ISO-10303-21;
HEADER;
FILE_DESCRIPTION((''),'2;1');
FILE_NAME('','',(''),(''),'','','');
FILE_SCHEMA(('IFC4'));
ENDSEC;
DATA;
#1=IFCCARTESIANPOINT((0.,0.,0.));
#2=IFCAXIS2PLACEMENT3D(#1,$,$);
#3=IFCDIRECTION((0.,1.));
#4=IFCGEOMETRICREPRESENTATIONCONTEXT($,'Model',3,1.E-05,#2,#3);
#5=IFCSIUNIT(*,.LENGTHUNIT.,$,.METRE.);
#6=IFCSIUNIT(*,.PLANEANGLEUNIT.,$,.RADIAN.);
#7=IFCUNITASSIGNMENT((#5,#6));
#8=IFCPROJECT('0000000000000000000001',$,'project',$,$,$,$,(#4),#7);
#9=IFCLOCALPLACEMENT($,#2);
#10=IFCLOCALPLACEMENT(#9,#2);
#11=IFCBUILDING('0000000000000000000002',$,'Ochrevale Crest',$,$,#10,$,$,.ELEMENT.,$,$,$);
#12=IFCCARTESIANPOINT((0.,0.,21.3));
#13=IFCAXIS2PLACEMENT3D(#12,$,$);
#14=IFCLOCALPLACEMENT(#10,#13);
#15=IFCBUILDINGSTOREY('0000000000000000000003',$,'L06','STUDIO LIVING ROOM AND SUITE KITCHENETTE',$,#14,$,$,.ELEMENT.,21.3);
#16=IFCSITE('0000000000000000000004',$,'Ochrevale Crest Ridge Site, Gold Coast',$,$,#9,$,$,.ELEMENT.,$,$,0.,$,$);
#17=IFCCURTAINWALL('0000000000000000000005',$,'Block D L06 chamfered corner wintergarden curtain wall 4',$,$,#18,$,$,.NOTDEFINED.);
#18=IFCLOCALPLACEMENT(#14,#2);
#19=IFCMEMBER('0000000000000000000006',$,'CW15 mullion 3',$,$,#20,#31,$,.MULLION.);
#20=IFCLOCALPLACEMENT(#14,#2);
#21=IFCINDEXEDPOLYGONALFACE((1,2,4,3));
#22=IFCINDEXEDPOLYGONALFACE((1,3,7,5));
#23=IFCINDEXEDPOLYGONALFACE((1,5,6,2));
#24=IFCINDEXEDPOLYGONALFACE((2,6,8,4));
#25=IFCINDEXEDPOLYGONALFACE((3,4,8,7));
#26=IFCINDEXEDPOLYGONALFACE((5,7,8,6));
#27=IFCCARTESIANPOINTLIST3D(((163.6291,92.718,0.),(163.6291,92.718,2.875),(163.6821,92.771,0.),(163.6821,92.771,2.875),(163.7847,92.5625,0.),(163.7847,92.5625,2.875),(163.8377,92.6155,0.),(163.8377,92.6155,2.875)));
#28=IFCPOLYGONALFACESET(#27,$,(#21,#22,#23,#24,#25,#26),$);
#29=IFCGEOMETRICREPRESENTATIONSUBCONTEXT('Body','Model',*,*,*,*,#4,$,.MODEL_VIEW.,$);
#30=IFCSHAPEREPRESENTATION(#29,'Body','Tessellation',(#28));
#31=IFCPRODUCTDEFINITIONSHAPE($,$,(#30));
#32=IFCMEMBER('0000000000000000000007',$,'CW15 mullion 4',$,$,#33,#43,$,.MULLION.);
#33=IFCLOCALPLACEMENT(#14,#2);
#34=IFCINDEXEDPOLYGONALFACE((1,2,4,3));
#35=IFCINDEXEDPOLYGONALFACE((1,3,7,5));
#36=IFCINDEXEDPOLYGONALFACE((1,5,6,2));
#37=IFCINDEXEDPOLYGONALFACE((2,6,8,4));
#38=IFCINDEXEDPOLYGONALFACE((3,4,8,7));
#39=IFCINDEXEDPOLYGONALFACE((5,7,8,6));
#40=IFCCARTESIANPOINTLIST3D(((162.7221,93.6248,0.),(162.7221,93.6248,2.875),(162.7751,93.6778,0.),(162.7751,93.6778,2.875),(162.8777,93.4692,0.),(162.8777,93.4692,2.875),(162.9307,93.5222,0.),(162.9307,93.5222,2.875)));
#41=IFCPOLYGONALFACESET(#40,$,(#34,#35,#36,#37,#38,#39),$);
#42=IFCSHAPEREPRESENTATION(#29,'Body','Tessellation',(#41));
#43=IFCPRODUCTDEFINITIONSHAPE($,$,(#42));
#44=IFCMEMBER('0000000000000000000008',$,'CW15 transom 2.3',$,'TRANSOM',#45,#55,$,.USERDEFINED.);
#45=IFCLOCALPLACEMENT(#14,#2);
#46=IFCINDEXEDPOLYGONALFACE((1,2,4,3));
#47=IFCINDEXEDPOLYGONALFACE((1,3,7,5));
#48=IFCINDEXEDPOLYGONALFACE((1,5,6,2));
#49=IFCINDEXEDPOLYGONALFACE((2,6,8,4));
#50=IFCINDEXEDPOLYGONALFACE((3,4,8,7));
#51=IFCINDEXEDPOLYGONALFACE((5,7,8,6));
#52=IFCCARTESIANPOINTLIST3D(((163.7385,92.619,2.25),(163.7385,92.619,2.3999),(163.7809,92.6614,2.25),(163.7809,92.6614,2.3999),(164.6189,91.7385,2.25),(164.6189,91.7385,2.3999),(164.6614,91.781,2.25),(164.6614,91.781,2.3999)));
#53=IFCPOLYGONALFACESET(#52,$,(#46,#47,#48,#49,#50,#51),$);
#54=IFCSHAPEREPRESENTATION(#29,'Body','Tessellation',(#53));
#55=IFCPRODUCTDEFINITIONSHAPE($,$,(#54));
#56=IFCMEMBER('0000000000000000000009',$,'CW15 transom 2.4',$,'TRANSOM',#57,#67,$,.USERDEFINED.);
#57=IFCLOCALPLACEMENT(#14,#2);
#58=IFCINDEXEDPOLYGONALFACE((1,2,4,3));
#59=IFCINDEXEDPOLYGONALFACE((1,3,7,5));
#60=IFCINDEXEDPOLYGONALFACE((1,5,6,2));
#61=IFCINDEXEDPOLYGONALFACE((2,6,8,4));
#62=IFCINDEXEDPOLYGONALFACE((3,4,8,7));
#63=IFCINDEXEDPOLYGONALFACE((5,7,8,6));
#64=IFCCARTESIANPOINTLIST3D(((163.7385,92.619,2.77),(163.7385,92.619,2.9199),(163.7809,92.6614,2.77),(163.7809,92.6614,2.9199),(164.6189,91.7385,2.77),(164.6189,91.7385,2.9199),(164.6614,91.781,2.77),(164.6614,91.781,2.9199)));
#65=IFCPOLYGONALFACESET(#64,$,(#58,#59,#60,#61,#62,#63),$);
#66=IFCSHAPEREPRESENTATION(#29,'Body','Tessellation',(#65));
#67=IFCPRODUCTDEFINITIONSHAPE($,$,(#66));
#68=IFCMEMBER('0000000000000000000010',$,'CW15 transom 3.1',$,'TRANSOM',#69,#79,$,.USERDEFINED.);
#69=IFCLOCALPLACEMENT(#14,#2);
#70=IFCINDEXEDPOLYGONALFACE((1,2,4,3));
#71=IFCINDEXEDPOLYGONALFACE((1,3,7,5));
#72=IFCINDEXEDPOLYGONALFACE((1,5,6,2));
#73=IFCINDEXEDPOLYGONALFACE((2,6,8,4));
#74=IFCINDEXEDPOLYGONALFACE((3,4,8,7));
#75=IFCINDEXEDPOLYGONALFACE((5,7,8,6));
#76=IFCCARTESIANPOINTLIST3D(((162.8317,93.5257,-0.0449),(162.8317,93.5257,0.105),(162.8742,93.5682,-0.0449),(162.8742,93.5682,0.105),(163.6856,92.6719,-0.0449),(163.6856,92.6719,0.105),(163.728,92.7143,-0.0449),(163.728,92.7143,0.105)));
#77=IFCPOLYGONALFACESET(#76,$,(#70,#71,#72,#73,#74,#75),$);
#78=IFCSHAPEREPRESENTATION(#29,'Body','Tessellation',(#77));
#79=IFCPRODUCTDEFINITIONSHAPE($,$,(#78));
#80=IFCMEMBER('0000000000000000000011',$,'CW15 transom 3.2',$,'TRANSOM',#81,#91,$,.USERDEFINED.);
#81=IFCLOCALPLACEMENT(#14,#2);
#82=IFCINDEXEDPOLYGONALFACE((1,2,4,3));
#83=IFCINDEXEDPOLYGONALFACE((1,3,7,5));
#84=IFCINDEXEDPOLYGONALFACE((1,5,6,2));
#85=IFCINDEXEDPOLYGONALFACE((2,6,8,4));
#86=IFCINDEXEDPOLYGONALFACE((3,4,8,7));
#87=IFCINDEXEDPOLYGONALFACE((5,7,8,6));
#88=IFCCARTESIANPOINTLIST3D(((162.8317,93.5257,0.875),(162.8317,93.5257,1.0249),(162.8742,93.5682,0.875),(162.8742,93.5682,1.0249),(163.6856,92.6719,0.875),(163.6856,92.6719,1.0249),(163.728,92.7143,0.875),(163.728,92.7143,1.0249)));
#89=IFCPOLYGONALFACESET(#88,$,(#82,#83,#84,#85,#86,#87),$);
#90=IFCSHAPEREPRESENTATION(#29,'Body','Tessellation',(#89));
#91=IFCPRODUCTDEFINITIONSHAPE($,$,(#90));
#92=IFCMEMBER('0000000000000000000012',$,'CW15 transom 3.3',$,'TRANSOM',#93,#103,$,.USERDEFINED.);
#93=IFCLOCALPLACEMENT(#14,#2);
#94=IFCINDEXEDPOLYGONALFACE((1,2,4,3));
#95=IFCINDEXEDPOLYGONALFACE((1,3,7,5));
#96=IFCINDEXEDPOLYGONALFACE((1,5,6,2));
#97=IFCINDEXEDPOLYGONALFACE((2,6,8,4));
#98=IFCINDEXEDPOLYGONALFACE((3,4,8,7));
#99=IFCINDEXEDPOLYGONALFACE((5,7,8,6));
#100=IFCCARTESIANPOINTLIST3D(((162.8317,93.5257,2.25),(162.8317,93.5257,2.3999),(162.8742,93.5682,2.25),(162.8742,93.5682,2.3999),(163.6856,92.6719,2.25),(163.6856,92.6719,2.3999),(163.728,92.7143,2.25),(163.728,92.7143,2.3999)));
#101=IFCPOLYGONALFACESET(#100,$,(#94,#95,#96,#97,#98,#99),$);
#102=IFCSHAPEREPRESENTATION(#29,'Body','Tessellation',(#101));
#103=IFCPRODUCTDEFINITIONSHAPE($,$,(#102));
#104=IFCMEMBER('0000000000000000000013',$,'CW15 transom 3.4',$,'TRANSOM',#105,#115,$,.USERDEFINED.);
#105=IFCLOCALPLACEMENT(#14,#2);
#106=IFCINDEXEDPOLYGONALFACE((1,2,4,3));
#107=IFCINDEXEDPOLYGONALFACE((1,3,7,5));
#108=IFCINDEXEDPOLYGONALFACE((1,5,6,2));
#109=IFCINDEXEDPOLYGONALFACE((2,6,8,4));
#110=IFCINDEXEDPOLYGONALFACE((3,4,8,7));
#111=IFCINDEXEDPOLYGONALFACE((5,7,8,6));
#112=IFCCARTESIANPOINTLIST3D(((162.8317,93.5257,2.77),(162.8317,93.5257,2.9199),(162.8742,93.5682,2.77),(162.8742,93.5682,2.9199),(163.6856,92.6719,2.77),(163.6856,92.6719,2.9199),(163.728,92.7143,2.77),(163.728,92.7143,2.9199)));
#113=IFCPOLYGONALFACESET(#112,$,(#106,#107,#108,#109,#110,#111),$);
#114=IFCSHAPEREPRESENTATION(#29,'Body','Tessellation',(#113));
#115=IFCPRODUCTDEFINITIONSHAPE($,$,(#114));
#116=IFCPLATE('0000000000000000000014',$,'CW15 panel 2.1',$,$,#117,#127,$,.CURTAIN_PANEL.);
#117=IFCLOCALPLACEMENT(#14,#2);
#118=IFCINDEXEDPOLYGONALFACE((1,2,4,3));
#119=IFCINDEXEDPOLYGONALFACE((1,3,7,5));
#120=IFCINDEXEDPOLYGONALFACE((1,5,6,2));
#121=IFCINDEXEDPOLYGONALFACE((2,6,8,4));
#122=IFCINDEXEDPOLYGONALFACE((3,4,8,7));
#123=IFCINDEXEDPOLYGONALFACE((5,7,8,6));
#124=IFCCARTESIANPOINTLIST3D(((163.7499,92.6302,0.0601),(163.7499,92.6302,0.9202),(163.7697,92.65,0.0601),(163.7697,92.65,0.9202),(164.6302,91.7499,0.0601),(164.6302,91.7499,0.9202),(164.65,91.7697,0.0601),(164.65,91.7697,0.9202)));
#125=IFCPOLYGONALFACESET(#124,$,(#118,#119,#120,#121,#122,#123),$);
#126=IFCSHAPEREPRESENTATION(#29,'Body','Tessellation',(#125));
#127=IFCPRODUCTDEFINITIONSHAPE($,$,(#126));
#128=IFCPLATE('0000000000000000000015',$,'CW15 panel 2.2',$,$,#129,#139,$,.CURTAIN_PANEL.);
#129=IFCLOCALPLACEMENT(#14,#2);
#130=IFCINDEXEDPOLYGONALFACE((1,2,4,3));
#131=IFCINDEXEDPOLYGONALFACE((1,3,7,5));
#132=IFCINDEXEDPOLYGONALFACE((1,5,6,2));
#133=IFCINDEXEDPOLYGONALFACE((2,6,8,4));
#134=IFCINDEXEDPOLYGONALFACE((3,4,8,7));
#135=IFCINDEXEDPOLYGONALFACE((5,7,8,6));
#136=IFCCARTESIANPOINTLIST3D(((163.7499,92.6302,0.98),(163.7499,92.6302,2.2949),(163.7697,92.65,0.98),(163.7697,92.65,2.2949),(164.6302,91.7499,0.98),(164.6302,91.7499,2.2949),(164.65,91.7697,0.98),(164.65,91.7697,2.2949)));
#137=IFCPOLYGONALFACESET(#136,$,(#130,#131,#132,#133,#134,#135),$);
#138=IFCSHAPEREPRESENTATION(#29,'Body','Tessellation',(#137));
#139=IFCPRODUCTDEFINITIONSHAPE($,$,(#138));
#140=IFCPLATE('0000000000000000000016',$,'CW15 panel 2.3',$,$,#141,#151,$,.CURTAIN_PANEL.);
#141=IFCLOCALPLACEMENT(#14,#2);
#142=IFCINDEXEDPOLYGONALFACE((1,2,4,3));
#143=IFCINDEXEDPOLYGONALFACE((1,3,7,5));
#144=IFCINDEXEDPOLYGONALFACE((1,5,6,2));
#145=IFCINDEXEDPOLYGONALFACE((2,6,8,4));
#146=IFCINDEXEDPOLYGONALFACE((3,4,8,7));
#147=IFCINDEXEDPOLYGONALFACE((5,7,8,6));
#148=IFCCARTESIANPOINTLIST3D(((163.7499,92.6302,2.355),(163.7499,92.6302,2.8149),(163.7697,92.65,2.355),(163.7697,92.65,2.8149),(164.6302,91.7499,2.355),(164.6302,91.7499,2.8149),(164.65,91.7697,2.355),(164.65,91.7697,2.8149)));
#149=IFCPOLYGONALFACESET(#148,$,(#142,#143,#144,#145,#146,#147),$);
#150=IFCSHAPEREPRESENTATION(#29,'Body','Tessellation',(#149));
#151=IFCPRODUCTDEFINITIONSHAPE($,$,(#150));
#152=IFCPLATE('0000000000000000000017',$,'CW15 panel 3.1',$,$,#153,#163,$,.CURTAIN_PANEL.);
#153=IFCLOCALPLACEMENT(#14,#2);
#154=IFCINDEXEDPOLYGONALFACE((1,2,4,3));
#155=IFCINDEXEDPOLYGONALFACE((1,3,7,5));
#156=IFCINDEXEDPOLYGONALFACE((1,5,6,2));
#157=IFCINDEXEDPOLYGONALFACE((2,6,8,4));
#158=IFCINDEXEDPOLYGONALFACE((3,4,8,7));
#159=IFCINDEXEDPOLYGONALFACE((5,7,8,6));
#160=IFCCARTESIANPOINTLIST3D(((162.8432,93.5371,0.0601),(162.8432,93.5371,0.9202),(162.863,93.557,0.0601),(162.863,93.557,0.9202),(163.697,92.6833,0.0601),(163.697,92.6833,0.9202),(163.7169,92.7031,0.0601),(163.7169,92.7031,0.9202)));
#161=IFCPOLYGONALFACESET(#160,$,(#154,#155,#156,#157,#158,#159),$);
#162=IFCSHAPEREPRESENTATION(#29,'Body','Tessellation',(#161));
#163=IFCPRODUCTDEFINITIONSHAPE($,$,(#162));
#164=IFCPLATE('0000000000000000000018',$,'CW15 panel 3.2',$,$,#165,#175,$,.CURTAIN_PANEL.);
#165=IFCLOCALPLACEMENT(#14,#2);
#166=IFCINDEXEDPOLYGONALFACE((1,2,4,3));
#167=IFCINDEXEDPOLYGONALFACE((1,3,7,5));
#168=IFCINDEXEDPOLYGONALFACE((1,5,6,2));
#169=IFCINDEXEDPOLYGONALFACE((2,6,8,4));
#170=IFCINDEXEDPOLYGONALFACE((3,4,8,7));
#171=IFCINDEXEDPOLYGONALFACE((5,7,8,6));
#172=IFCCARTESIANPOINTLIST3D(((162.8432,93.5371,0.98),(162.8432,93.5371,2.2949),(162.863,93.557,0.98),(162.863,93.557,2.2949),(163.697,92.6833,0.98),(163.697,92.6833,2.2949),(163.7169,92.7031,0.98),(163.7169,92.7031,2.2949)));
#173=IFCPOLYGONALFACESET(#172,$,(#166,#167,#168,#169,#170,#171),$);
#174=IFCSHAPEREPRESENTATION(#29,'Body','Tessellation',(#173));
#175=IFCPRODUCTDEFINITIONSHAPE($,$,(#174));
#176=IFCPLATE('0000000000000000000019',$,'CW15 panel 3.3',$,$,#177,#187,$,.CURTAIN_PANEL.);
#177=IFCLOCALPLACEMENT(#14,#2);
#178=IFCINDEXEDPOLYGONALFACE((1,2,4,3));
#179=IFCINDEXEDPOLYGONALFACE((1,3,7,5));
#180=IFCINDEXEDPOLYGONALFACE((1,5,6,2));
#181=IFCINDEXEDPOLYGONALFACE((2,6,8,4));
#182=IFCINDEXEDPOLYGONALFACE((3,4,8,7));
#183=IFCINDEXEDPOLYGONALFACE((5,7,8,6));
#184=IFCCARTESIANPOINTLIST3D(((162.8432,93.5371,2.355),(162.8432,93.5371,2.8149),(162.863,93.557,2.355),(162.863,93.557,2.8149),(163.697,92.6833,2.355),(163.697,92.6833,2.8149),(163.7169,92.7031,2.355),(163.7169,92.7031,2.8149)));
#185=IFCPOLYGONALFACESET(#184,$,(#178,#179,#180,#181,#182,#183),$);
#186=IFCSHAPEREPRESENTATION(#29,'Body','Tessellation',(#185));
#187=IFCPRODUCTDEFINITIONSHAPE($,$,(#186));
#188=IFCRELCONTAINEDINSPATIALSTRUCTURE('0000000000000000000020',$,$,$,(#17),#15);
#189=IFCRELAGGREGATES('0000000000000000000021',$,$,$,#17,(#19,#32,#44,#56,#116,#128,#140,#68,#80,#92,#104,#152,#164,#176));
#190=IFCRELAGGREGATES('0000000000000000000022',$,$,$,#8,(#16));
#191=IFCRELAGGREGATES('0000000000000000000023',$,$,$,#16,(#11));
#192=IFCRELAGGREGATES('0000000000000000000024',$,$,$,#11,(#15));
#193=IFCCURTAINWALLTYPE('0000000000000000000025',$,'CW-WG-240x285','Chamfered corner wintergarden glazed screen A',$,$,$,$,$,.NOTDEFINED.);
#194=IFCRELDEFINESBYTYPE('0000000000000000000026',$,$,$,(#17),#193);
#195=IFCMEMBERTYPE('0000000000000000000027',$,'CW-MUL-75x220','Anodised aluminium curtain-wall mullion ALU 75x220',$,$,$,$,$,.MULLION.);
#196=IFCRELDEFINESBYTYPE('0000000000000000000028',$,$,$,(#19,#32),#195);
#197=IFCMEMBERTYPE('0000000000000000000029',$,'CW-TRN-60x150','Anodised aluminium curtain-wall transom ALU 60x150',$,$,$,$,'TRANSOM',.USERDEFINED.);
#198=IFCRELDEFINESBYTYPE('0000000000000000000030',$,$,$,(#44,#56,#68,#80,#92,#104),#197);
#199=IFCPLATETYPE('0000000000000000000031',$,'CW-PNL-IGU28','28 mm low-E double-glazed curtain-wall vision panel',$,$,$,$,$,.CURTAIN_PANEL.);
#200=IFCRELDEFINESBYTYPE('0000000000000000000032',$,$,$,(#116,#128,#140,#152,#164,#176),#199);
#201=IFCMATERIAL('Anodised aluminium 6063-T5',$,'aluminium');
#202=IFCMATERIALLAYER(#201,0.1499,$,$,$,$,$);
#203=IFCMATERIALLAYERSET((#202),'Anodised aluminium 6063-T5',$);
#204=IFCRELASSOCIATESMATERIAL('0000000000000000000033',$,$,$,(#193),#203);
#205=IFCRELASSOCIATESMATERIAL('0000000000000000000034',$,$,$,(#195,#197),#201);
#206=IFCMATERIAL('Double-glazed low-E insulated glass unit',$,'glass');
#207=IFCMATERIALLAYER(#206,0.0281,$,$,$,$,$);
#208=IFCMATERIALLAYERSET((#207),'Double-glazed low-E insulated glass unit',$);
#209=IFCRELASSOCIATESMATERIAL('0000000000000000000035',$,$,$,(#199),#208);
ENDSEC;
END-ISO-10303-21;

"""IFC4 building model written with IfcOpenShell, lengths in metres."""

from ifc_helpers import new_model, si_unit, direction, frame, origin, origin_2d, place, context, subcontext, project, spatial, rectangle, extrude, material, layer, layer_set, material_profile, profile_set, type_object, element, aggregate, save


model = new_model("IFC4")

# Units and contexts
model_context = context("Model", 3, precision=1e-05, world=origin(), true_north=direction((0.0, 1.0)))
body_context = subcontext(model_context, "Body", "Model", "MODEL_VIEW")
ifc_project = project(units=[si_unit("LENGTHUNIT", "METRE"), si_unit("PLANEANGLEUNIT", "RADIAN")], contexts=[model_context])

# Site, building, storey
site_placement = place(None, origin())
site = spatial("IfcSite", under=ifc_project, at=site_placement, Name="Ochrevale Crest Ridge Site, Gold Coast", CompositionType="ELEMENT", RefElevation=0.0)
building_placement = place(site_placement, origin())
building = spatial("IfcBuilding", under=site, at=building_placement, Name="Ochrevale Crest", CompositionType="ELEMENT")
storey_placement = place(building_placement, frame((0.0, 0.0, 21.3)))
storey = spatial("IfcBuildingStorey", under=building, at=storey_placement, Name="L06", Description="STUDIO LIVING ROOM AND SUITE KITCHENETTE", CompositionType="ELEMENT", Elevation=21.3)

# Curtain wall, members, plates
ifc_material_1 = material(Name="Anodised aluminium 6063-T5", Category="aluminium")
ifc_layer_1 = layer(ifc_material_1, 0.1499)
ifc_layer_set_1 = layer_set([ifc_layer_1], Name="Anodised aluminium 6063-T5")
curtain_wall_type = type_object("IfcCurtainWallType", Name="CW-WG-240x285", Description="Chamfered corner wintergarden glazed screen A", PredefinedType="NOTDEFINED", material=ifc_layer_set_1)
curtain_wall_placement = place(storey_placement, origin())
curtain_wall = element("IfcCurtainWall", 1, at=curtain_wall_placement, inside=storey, type_object=curtain_wall_type, Name="Block D L06 chamfered corner wintergarden curtain wall 4", PredefinedType="NOTDEFINED")
ifc_material_profile_1 = material_profile(ifc_material_1, rectangle(XDim=0.075, YDim=0.22, at=origin_2d()), Name="ALU 75x220")
ifc_profile_set_1 = profile_set([ifc_material_profile_1], Name="Anodised aluminium 6063-T5")
member_type_1 = type_object("IfcMemberType", Name="CW-MUL-75x220", Description="Anodised aluminium curtain-wall mullion ALU 75x220", PredefinedType="MULLION", material=ifc_profile_set_1)
member_1_placement = place(storey_placement, frame((163.7334, 92.6667, 0.0), z_axis=(0.0, 0.0, 1.0), x_axis=(-0.707107, -0.707107, 0.0)))
member_1 = element("IfcMember", 2, at=member_1_placement, type_object=member_type_1, Name="CW15 mullion 3", PredefinedType="MULLION", context=body_context, shape_type="SweptSolid", body=[
    extrude(rectangle(XDim=0.075, YDim=0.22, at=origin_2d()), origin(), (0.0, 0.0, 1.0), 2.875),
])
member_2_placement = place(storey_placement, frame((162.8264, 93.5735, 0.0), z_axis=(0.0, 0.0, 1.0), x_axis=(-0.707107, -0.707107, 0.0)))
member_2 = element("IfcMember", 3, at=member_2_placement, type_object=member_type_1, Name="CW15 mullion 4", PredefinedType="MULLION", context=body_context, shape_type="SweptSolid", body=[
    extrude(rectangle(XDim=0.075, YDim=0.22, at=origin_2d()), origin(), (0.0, 0.0, 1.0), 2.875),
])
ifc_material_profile_2 = material_profile(ifc_material_1, rectangle(XDim=0.0601, YDim=0.1499, at=origin_2d()), Name="ALU 60x150")
ifc_profile_set_2 = profile_set([ifc_material_profile_2], Name="Anodised aluminium 6063-T5")
member_type_2 = type_object("IfcMemberType", Name="CW-TRN-60x150", Description="Anodised aluminium curtain-wall transom ALU 60x150", ElementType="TRANSOM", PredefinedType="USERDEFINED", material=ifc_profile_set_2)
member_3_placement = place(storey_placement, frame((164.6401, 91.7598, 2.325), z_axis=(-0.707107, 0.707107, 0.0), x_axis=(-0.707107, -0.707107, 0.0)))
member_3 = element("IfcMember", 4, at=member_3_placement, type_object=member_type_2, Name="CW15 transom 2.3", ObjectType="TRANSOM", PredefinedType="USERDEFINED", context=body_context, shape_type="SweptSolid", body=[
    extrude(rectangle(XDim=0.0601, YDim=0.1499, at=origin_2d()), origin(), (0.0, 0.0, 1.0), 1.2451),
])
member_4_placement = place(storey_placement, frame((164.6401, 91.7598, 2.845), z_axis=(-0.707107, 0.707107, 0.0), x_axis=(-0.707107, -0.707107, 0.0)))
member_4 = element("IfcMember", 5, at=member_4_placement, type_object=member_type_2, Name="CW15 transom 2.4", ObjectType="TRANSOM", PredefinedType="USERDEFINED", context=body_context, shape_type="SweptSolid", body=[
    extrude(rectangle(XDim=0.0601, YDim=0.1499, at=origin_2d()), origin(), (0.0, 0.0, 1.0), 1.2451),
])
member_5_placement = place(storey_placement, frame((163.7068, 92.6931, 0.03), z_axis=(-0.707107, 0.707107, 0.0), x_axis=(-0.707107, -0.707107, 0.0)))
member_5 = element("IfcMember", 6, at=member_5_placement, type_object=member_type_2, Name="CW15 transom 3.1", ObjectType="TRANSOM", PredefinedType="USERDEFINED", context=body_context, shape_type="SweptSolid", body=[
    extrude(rectangle(XDim=0.0601, YDim=0.1499, at=origin_2d()), origin(), (0.0, 0.0, 1.0), 1.2075),
])
member_6_placement = place(storey_placement, frame((163.7068, 92.6931, 0.95), z_axis=(-0.707107, 0.707107, 0.0), x_axis=(-0.707107, -0.707107, 0.0)))
member_6 = element("IfcMember", 7, at=member_6_placement, type_object=member_type_2, Name="CW15 transom 3.2", ObjectType="TRANSOM", PredefinedType="USERDEFINED", context=body_context, shape_type="SweptSolid", body=[
    extrude(rectangle(XDim=0.0601, YDim=0.1499, at=origin_2d()), origin(), (0.0, 0.0, 1.0), 1.2075),
])
member_7_placement = place(storey_placement, frame((163.7068, 92.6931, 2.325), z_axis=(-0.707107, 0.707107, 0.0), x_axis=(-0.707107, -0.707107, 0.0)))
member_7 = element("IfcMember", 8, at=member_7_placement, type_object=member_type_2, Name="CW15 transom 3.3", ObjectType="TRANSOM", PredefinedType="USERDEFINED", context=body_context, shape_type="SweptSolid", body=[
    extrude(rectangle(XDim=0.0601, YDim=0.1499, at=origin_2d()), origin(), (0.0, 0.0, 1.0), 1.2075),
])
member_8_placement = place(storey_placement, frame((163.7068, 92.6931, 2.845), z_axis=(-0.707107, 0.707107, 0.0), x_axis=(-0.707107, -0.707107, 0.0)))
member_8 = element("IfcMember", 9, at=member_8_placement, type_object=member_type_2, Name="CW15 transom 3.4", ObjectType="TRANSOM", PredefinedType="USERDEFINED", context=body_context, shape_type="SweptSolid", body=[
    extrude(rectangle(XDim=0.0601, YDim=0.1499, at=origin_2d()), origin(), (0.0, 0.0, 1.0), 1.2075),
])
ifc_material_2 = material(Name="Double-glazed low-E insulated glass unit", Category="glass")
ifc_layer_2 = layer(ifc_material_2, 0.0281)
ifc_layer_set_2 = layer_set([ifc_layer_2], Name="Double-glazed low-E insulated glass unit")
plate_type_1 = type_object("IfcPlateType", Name="CW-PNL-IGU28", Description="28 mm low-E double-glazed curtain-wall vision panel", PredefinedType="CURTAIN_PANEL", material=ifc_layer_set_2)
plate_1_placement = place(storey_placement, frame((164.2, 92.2, 0.0601), z_axis=(0.0, 0.0, 1.0), x_axis=(-0.707107, 0.707107, 0.0)))
plate_1 = element("IfcPlate", 10, at=plate_1_placement, type_object=plate_type_1, Name="CW15 panel 2.1", PredefinedType="CURTAIN_PANEL", context=body_context, shape_type="SweptSolid", body=[
    extrude(rectangle(XDim=1.2449, YDim=0.0281, at=origin_2d()), origin(), (0.0, 0.0, 1.0), 0.8601),
])
plate_2_placement = place(storey_placement, frame((164.2, 92.2, 0.98), z_axis=(0.0, 0.0, 1.0), x_axis=(-0.707107, 0.707107, 0.0)))
plate_2 = element("IfcPlate", 11, at=plate_2_placement, type_object=plate_type_1, Name="CW15 panel 2.2", PredefinedType="CURTAIN_PANEL", context=body_context, shape_type="SweptSolid", body=[
    extrude(rectangle(XDim=1.2449, YDim=0.0281, at=origin_2d()), origin(), (0.0, 0.0, 1.0), 1.3149),
])
plate_3_placement = place(storey_placement, frame((164.2, 92.2, 2.355), z_axis=(0.0, 0.0, 1.0), x_axis=(-0.707107, 0.707107, 0.0)))
plate_3 = element("IfcPlate", 12, at=plate_3_placement, type_object=plate_type_1, Name="CW15 panel 2.3", PredefinedType="CURTAIN_PANEL", context=body_context, shape_type="SweptSolid", body=[
    extrude(rectangle(XDim=1.2449, YDim=0.0281, at=origin_2d()), origin(), (0.0, 0.0, 1.0), 0.46),
])
plate_4_placement = place(storey_placement, frame((163.28, 93.1201, 0.0601), z_axis=(0.0, 0.0, 1.0), x_axis=(-0.707107, 0.707107, 0.0)))
plate_4 = element("IfcPlate", 13, at=plate_4_placement, type_object=plate_type_1, Name="CW15 panel 3.1", PredefinedType="CURTAIN_PANEL", context=body_context, shape_type="SweptSolid", body=[
    extrude(rectangle(XDim=1.2075, YDim=0.0281, at=origin_2d()), origin(), (0.0, 0.0, 1.0), 0.8601),
])
plate_5_placement = place(storey_placement, frame((163.28, 93.1201, 0.98), z_axis=(0.0, 0.0, 1.0), x_axis=(-0.707107, 0.707107, 0.0)))
plate_5 = element("IfcPlate", 14, at=plate_5_placement, type_object=plate_type_1, Name="CW15 panel 3.2", PredefinedType="CURTAIN_PANEL", context=body_context, shape_type="SweptSolid", body=[
    extrude(rectangle(XDim=1.2075, YDim=0.0281, at=origin_2d()), origin(), (0.0, 0.0, 1.0), 1.3149),
])
plate_6_placement = place(storey_placement, frame((163.28, 93.1201, 2.355), z_axis=(0.0, 0.0, 1.0), x_axis=(-0.707107, 0.707107, 0.0)))
plate_6 = element("IfcPlate", 15, at=plate_6_placement, type_object=plate_type_1, Name="CW15 panel 3.3", PredefinedType="CURTAIN_PANEL", context=body_context, shape_type="SweptSolid", body=[
    extrude(rectangle(XDim=1.2075, YDim=0.0281, at=origin_2d()), origin(), (0.0, 0.0, 1.0), 0.46),
])
aggregate(curtain_wall, [member_1, member_2, member_3, member_4, plate_1, plate_2, plate_3, member_5, member_6, member_7, member_8, plate_4, plate_5, plate_6])

save(model, "model.ifc")
